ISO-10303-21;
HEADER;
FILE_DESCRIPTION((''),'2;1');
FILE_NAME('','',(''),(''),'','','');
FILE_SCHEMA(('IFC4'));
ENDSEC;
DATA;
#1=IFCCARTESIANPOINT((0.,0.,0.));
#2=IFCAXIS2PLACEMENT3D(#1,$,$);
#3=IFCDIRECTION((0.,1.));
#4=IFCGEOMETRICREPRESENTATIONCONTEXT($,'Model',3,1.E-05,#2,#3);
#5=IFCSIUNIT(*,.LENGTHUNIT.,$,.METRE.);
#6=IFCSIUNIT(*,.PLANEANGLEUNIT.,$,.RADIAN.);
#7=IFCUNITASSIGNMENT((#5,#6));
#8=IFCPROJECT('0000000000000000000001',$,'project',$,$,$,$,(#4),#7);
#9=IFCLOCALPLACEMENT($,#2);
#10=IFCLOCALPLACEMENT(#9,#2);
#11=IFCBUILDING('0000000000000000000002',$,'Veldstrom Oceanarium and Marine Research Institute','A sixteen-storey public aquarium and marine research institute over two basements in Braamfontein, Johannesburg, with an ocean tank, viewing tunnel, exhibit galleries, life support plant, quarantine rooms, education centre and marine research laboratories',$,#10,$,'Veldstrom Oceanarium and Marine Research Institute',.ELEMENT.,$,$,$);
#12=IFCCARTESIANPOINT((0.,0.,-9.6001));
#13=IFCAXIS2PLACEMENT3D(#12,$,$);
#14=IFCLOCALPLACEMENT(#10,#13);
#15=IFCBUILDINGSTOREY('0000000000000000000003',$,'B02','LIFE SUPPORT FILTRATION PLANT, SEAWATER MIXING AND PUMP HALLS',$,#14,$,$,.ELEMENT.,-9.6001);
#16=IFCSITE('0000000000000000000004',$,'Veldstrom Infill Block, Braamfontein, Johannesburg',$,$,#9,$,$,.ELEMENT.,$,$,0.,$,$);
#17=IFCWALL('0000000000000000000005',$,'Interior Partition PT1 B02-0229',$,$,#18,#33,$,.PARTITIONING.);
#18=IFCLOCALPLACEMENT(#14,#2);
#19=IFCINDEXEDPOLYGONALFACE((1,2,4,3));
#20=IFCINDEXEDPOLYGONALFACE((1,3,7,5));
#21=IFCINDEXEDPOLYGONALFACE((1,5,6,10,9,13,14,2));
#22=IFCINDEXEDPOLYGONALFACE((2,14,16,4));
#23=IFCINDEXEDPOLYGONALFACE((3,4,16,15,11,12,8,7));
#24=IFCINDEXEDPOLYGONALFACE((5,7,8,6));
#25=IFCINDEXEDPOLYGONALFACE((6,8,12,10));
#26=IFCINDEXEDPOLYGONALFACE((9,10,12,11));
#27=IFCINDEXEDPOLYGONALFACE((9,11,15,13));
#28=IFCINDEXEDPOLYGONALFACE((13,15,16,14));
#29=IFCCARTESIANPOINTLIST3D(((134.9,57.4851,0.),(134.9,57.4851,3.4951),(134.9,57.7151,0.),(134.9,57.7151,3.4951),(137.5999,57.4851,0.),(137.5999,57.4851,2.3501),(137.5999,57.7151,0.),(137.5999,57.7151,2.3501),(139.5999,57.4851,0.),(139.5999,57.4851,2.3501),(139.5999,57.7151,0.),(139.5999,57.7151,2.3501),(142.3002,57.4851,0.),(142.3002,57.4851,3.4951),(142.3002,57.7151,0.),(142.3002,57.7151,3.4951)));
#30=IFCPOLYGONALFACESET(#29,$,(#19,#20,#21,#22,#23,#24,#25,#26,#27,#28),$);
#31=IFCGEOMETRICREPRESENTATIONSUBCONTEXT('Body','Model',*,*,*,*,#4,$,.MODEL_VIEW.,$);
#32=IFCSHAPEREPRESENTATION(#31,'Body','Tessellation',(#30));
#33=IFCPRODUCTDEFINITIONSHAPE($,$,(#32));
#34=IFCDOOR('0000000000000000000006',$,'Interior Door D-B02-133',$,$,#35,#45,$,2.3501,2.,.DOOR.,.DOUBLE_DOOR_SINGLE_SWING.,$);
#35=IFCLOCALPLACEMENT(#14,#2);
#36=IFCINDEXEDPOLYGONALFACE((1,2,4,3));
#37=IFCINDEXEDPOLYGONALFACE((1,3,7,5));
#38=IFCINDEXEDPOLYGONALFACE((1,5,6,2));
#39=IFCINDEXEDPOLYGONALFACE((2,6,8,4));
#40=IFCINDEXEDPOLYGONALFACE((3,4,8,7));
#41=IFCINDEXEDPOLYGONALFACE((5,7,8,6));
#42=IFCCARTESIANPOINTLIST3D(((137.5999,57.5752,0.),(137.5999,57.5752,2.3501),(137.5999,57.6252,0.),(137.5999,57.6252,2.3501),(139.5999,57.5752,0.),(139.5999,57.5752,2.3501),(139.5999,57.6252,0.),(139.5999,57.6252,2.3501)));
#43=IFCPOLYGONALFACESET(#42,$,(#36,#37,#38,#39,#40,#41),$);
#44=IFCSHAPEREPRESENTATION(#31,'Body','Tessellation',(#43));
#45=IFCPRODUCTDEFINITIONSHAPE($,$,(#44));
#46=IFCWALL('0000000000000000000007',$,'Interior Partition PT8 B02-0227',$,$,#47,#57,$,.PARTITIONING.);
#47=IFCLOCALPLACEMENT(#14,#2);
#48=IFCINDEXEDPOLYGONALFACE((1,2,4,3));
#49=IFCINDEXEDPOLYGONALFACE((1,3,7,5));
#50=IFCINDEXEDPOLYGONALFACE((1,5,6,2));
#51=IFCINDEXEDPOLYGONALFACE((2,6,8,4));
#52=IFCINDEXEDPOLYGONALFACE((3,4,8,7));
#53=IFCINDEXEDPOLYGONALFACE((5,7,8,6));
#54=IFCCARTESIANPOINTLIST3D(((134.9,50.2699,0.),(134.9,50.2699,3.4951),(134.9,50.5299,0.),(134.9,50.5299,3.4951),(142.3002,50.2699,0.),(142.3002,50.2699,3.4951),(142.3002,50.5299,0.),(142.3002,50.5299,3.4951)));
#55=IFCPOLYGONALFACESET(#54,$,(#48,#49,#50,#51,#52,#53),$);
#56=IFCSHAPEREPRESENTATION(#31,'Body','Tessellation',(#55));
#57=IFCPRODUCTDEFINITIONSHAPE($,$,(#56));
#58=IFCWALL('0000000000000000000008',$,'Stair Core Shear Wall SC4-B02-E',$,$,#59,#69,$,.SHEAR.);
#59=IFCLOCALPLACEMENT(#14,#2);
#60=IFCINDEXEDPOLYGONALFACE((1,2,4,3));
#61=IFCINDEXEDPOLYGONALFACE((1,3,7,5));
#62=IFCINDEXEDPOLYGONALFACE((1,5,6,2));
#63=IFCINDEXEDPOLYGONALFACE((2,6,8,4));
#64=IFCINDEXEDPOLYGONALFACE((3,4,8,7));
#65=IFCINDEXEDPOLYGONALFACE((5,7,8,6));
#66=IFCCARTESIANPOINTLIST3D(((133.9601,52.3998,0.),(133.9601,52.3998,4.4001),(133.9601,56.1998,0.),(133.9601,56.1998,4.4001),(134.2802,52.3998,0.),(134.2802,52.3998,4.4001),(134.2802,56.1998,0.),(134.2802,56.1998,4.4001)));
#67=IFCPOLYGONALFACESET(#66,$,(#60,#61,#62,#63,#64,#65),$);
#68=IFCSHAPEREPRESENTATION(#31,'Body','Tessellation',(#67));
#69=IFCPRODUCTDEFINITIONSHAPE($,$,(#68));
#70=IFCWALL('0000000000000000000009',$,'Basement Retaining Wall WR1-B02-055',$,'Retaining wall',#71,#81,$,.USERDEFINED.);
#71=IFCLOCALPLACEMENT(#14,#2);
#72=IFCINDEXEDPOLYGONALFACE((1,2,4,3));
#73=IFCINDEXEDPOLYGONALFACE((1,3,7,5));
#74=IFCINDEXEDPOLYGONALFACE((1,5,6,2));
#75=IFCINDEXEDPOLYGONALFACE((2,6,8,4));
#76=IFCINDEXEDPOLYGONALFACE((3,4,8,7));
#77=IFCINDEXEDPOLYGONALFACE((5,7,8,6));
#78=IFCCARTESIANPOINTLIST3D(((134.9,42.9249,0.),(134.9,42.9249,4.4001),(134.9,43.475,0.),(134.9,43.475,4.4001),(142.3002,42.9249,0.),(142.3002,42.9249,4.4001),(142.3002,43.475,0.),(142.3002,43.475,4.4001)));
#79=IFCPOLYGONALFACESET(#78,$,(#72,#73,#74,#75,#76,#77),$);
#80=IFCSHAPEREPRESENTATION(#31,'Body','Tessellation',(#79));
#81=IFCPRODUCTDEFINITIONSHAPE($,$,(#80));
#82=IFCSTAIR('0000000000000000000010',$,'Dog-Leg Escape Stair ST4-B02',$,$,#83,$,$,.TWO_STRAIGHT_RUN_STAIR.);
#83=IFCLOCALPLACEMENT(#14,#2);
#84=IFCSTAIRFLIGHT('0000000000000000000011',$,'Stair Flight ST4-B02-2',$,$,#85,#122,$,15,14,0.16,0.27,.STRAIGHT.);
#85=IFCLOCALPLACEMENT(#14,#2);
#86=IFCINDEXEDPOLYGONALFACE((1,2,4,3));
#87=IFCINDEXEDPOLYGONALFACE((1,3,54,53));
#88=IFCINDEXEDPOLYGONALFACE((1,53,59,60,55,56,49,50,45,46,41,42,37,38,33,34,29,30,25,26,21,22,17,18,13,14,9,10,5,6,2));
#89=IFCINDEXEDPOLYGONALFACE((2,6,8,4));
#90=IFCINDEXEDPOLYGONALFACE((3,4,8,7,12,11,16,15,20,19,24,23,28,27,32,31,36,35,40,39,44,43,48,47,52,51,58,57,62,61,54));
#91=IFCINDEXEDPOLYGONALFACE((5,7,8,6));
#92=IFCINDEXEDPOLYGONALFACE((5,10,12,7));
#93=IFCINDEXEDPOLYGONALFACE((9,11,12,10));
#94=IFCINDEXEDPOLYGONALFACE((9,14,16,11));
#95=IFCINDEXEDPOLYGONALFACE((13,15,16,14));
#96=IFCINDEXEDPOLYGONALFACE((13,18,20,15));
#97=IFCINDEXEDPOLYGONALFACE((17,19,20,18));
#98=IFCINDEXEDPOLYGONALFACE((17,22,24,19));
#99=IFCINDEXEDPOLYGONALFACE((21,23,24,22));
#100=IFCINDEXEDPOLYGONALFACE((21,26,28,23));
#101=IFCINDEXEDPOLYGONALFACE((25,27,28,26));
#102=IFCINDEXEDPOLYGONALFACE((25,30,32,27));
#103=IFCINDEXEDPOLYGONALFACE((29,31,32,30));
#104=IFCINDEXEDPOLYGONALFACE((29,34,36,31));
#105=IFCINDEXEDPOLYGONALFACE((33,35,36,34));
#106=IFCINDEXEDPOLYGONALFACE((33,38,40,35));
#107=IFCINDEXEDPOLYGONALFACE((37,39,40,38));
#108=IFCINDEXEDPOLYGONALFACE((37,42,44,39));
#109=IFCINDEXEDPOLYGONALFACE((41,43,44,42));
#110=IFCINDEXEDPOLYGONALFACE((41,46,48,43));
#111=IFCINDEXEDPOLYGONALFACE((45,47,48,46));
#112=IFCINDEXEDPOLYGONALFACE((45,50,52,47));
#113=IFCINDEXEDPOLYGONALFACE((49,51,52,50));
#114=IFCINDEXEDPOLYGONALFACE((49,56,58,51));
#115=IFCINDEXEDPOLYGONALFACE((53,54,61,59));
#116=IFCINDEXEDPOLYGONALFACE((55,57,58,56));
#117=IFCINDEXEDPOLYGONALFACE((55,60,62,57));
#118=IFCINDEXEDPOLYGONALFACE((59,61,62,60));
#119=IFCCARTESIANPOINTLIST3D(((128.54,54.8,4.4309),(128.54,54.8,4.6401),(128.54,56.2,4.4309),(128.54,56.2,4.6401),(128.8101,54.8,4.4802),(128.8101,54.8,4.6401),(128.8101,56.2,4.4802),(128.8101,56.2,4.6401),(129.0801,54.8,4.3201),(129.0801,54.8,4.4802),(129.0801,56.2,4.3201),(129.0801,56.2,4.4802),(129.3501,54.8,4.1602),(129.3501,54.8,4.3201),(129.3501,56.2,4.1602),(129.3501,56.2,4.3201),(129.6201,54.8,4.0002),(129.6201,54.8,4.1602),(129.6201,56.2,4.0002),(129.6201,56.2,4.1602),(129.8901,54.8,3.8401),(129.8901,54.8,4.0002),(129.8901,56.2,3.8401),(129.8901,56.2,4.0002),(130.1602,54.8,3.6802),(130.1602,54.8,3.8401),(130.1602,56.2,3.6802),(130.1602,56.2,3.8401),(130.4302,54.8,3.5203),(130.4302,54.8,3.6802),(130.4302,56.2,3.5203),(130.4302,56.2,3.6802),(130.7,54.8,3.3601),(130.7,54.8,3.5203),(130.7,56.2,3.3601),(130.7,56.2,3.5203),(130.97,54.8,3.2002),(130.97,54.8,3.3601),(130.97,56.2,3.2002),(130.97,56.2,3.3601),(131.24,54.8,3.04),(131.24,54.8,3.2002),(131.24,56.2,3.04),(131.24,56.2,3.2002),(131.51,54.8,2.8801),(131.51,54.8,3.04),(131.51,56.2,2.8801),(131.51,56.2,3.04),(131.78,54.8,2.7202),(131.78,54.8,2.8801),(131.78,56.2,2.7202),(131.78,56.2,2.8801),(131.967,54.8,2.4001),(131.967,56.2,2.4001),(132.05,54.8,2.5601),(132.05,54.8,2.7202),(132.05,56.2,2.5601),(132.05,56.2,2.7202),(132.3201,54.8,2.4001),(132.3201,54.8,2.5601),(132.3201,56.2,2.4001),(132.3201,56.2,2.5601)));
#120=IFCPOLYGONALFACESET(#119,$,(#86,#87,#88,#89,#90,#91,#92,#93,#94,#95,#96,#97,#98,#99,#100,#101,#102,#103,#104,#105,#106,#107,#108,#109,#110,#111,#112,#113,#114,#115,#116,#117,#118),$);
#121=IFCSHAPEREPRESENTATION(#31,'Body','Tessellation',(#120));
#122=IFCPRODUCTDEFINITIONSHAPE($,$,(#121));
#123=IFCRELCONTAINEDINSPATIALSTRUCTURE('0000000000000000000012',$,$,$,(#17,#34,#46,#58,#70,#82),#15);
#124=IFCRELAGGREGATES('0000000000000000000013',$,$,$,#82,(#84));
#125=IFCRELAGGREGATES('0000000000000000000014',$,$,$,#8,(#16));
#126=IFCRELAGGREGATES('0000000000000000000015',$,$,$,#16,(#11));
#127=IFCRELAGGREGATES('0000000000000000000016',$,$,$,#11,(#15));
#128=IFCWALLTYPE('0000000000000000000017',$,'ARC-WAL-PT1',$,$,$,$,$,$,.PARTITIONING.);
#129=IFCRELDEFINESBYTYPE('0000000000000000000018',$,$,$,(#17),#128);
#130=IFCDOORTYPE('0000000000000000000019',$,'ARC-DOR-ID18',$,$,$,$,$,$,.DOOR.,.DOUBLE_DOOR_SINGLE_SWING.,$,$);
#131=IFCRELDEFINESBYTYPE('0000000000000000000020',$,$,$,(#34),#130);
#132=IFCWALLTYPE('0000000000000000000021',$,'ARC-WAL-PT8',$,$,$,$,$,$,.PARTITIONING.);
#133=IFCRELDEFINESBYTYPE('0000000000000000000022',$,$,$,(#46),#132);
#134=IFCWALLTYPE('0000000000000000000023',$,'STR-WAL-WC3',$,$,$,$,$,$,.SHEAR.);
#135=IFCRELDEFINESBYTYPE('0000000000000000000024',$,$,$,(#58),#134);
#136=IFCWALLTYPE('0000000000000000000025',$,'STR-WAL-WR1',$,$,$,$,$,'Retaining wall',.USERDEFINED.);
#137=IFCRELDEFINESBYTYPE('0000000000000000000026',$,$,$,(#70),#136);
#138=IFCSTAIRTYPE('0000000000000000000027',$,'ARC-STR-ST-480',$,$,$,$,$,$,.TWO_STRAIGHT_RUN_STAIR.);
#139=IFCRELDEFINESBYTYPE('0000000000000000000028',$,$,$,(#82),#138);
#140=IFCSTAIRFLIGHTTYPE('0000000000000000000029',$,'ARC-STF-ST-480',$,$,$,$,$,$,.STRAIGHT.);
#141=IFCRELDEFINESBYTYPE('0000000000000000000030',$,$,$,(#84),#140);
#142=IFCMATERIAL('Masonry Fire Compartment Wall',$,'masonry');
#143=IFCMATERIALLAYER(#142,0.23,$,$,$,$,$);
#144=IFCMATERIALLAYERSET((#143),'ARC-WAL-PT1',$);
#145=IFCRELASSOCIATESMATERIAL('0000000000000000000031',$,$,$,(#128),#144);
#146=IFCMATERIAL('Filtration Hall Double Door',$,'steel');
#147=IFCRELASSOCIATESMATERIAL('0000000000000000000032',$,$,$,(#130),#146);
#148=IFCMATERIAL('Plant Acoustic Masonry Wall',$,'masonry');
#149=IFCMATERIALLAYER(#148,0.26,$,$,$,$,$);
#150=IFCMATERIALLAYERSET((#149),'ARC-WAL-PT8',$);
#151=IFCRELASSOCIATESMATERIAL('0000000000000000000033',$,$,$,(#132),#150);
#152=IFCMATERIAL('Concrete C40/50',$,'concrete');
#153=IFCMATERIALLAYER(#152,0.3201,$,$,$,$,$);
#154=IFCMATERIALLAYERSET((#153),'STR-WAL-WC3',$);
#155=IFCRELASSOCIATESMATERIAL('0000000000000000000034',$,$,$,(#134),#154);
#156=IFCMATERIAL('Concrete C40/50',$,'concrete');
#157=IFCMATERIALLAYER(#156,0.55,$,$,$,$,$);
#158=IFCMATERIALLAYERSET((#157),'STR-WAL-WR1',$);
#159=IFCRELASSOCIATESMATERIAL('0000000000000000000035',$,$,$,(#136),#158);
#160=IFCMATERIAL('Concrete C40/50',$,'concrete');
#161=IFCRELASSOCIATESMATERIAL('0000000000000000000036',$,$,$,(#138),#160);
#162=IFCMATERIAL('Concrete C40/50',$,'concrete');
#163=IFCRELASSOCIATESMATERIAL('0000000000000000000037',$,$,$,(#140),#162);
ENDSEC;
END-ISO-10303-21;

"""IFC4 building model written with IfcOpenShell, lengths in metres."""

from ifc_helpers import new_model, si_unit, direction, frame, frame_2d, origin, place, context, subcontext, project, spatial, polyline, rectangle, outline, extrude, material, layer, layer_set, type_object, element, fill, aggregate, save


model = new_model("IFC4")

# Units and contexts
model_context = context("Model", 3, precision=1e-05, world=origin(), true_north=direction((0.0, 1.0)))
body_context = subcontext(model_context, "Body", "Model", "MODEL_VIEW")
ifc_project = project(units=[si_unit("LENGTHUNIT", "METRE"), si_unit("PLANEANGLEUNIT", "RADIAN")], contexts=[model_context])

# Site, building, storey
site_placement = place(None, origin())
site = spatial("IfcSite", under=ifc_project, at=site_placement, Name="Veldstrom Infill Block, Braamfontein, Johannesburg", CompositionType="ELEMENT", RefElevation=0.0)
building_placement = place(site_placement, origin())
building = spatial("IfcBuilding", under=site, at=building_placement, Name="Veldstrom Oceanarium and Marine Research Institute", Description="A sixteen-storey public aquarium and marine research institute over two basements in Braamfontein, Johannesburg, with an ocean tank, viewing tunnel, exhibit galleries, life support plant, quarantine rooms, education centre and marine research laboratories", LongName="Veldstrom Oceanarium and Marine Research Institute", CompositionType="ELEMENT")
storey_placement = place(building_placement, frame((0.0, 0.0, -9.6001)))
storey = spatial("IfcBuildingStorey", under=building, at=storey_placement, Name="B02", Description="LIFE SUPPORT FILTRATION PLANT, SEAWATER MIXING AND PUMP HALLS", CompositionType="ELEMENT", Elevation=-9.6001)

# Shared definitions
ifc_material_1 = material(Name="Masonry Fire Compartment Wall", Category="masonry")
ifc_layer_1 = layer(ifc_material_1, 0.23)
ifc_layer_set_1 = layer_set([ifc_layer_1], Name="ARC-WAL-PT1")
wall_type_1 = type_object("IfcWallType", Name="ARC-WAL-PT1", PredefinedType="PARTITIONING", material=ifc_layer_set_1)
ifc_material_2 = material(Name="Filtration Hall Double Door", Category="steel")
door_type = type_object("IfcDoorType", Name="ARC-DOR-ID18", OperationType="DOUBLE_DOOR_SINGLE_SWING", PredefinedType="DOOR", material=ifc_material_2)

# Wall, opening, door
wall_1_placement = place(storey_placement, frame((134.8999, 57.6001, 0.0), z_axis=(0.0, 0.0, 1.0), x_axis=(1.0, 0.0, 0.0)))
wall_1 = element("IfcWall", 1, at=wall_1_placement, inside=storey, type_object=wall_type_1, Name="Interior Partition PT1 B02-0229", PredefinedType="PARTITIONING", context=body_context, shape_type="SweptSolid", body=[
    extrude(rectangle(XDim=7.4001, YDim=0.23, at=frame_2d((3.7002, 0.0))), origin(), (0.0, 0.0, 1.0), 3.4951),
])
opening_1_placement = place(wall_1_placement, frame((2.7, 0.0, 0.0)))
opening_1 = element("IfcOpeningElement", 2, at=opening_1_placement, cuts=wall_1, PredefinedType="OPENING", context=body_context, shape_type="SweptSolid", body=[
    extrude(rectangle(XDim=2.0, YDim=2.3501, at=frame_2d((1.0, 1.175))), frame((0.0, 0.125, 0.0), z_axis=(0.0, -1.0, 0.0), x_axis=(1.0, 0.0, 0.0)), (0.0, 0.0, 1.0), 0.25),
])
door_1_placement = place(opening_1_placement, frame((2.0, 0.0, 0.0), z_axis=(0.0, 0.0, 1.0), x_axis=(-1.0, 0.0, 0.0)))
door_1 = element("IfcDoor", 3, at=door_1_placement, inside=storey, type_object=door_type, Name="Interior Door D-B02-133", OperationType="DOUBLE_DOOR_SINGLE_SWING", OverallHeight=2.3501, OverallWidth=2.0, PredefinedType="DOOR", context=body_context, shape_type="SweptSolid", body=[
    extrude(rectangle(XDim=2.0, YDim=2.3501, at=frame_2d((1.0, 1.175))), frame((0.0, 0.0249, 0.0), z_axis=(0.0, -1.0, 0.0), x_axis=(1.0, 0.0, 0.0)), (0.0, 0.0, 1.0), 0.05),
])
fill(opening_1, door_1)

# Walls
ifc_material_3 = material(Name="Plant Acoustic Masonry Wall", Category="masonry")
ifc_layer_2 = layer(ifc_material_3, 0.26)
ifc_layer_set_2 = layer_set([ifc_layer_2], Name="ARC-WAL-PT8")
wall_type_2 = type_object("IfcWallType", Name="ARC-WAL-PT8", PredefinedType="PARTITIONING", material=ifc_layer_set_2)
wall_2_placement = place(storey_placement, frame((134.8999, 50.3999, 0.0), z_axis=(0.0, 0.0, 1.0), x_axis=(1.0, 0.0, 0.0)))
element("IfcWall", 4, at=wall_2_placement, inside=storey, type_object=wall_type_2, Name="Interior Partition PT8 B02-0227", PredefinedType="PARTITIONING", context=body_context, shape_type="SweptSolid", body=[
    extrude(rectangle(XDim=7.4001, YDim=0.26, at=frame_2d((3.7002, 0.0))), origin(), (0.0, 0.0, 1.0), 3.4951),
])
ifc_material_4 = material(Name="Concrete C40/50", Category="concrete")
ifc_layer_3 = layer(ifc_material_4, 0.3201)
ifc_layer_set_3 = layer_set([ifc_layer_3], Name="STR-WAL-WC3")
wall_type_3 = type_object("IfcWallType", Name="STR-WAL-WC3", PredefinedType="SHEAR", material=ifc_layer_set_3)
wall_3_placement = place(storey_placement, frame((134.1201, 52.3999, 0.0), z_axis=(0.0, 0.0, 1.0), x_axis=(0.0, 1.0, 0.0)))
element("IfcWall", 5, at=wall_3_placement, inside=storey, type_object=wall_type_3, Name="Stair Core Shear Wall SC4-B02-E", PredefinedType="SHEAR", context=body_context, shape_type="SweptSolid", body=[
    extrude(rectangle(XDim=3.8, YDim=0.3201, at=frame_2d((1.8999, 0.0))), origin(), (0.0, 0.0, 1.0), 4.4001),
])
ifc_material_5 = material(Name="Concrete C40/50", Category="concrete")
ifc_layer_4 = layer(ifc_material_5, 0.55)
ifc_layer_set_4 = layer_set([ifc_layer_4], Name="STR-WAL-WR1")
wall_type_4 = type_object("IfcWallType", Name="STR-WAL-WR1", ElementType="Retaining wall", PredefinedType="USERDEFINED", material=ifc_layer_set_4)
wall_4_placement = place(storey_placement, frame((134.8999, 43.2, 0.0), z_axis=(0.0, 0.0, 1.0), x_axis=(1.0, 0.0, 0.0)))
element("IfcWall", 6, at=wall_4_placement, inside=storey, type_object=wall_type_4, Name="Basement Retaining Wall WR1-B02-055", ObjectType="Retaining wall", PredefinedType="USERDEFINED", context=body_context, shape_type="SweptSolid", body=[
    extrude(rectangle(XDim=7.4001, YDim=0.55, at=frame_2d((3.7002, 0.0))), origin(), (0.0, 0.0, 1.0), 4.4001),
])

# Stair, stair flight
ifc_material_6 = material(Name="Concrete C40/50", Category="concrete")
stair_type = type_object("IfcStairType", Name="ARC-STR-ST-480", PredefinedType="TWO_STRAIGHT_RUN_STAIR", material=ifc_material_6)
stair_placement = place(storey_placement, origin())
stair = element("IfcStair", 7, at=stair_placement, inside=storey, type_object=stair_type, Name="Dog-Leg Escape Stair ST4-B02", PredefinedType="TWO_STRAIGHT_RUN_STAIR")
ifc_material_7 = material(Name="Concrete C40/50", Category="concrete")
stair_flight_type = type_object("IfcStairFlightType", Name="ARC-STF-ST-480", PredefinedType="STRAIGHT", material=ifc_material_7)
stair_flight_placement = place(storey_placement, frame((132.3201, 55.5, 2.4001), z_axis=(0.0, 0.0, 1.0), x_axis=(-1.0, 0.0, 0.0)))
stair_flight = element("IfcStairFlight", 8, at=stair_flight_placement, type_object=stair_flight_type, Name="Stair Flight ST4-B02-2", NumberOfRisers=15, NumberOfTreads=14, PredefinedType="STRAIGHT", RiserHeight=0.16, TreadLength=0.27, context=body_context, shape_type="SweptSolid", body=[
    extrude(outline(polyline([(0.0, 0.0), (0.0, 0.1599), (0.27, 0.1599), (0.27, 0.3201), (0.54, 0.3201), (0.54, 0.48), (0.8101, 0.48), (0.8101, 0.6399), (1.0801, 0.6399), (1.0801, 0.8), (1.3501, 0.8), (1.3501, 0.96), (1.6201, 0.96), (1.6201, 1.1201), (1.8899, 1.1201), (1.8899, 1.28), (2.1599, 1.28), (2.1599, 1.4399), (2.4299, 1.4399), (2.4299, 1.6001), (2.7, 1.6001), (2.7, 1.76), (2.97, 1.76), (2.97, 1.9199), (3.24, 1.9199), (3.24, 2.0801), (3.51, 2.0801), (3.51, 2.24), (3.78, 2.24), (3.78, 2.3999), (3.78, 2.0308), (0.353, 0.0), (0.0, 0.0)])), frame((0.0, 0.7, 0.0), z_axis=(0.0, -1.0, 0.0), x_axis=(1.0, 0.0, 0.0)), (0.0, 0.0, 1.0), 1.3999),
])
aggregate(stair, [stair_flight])

save(model, "model.ifc")
